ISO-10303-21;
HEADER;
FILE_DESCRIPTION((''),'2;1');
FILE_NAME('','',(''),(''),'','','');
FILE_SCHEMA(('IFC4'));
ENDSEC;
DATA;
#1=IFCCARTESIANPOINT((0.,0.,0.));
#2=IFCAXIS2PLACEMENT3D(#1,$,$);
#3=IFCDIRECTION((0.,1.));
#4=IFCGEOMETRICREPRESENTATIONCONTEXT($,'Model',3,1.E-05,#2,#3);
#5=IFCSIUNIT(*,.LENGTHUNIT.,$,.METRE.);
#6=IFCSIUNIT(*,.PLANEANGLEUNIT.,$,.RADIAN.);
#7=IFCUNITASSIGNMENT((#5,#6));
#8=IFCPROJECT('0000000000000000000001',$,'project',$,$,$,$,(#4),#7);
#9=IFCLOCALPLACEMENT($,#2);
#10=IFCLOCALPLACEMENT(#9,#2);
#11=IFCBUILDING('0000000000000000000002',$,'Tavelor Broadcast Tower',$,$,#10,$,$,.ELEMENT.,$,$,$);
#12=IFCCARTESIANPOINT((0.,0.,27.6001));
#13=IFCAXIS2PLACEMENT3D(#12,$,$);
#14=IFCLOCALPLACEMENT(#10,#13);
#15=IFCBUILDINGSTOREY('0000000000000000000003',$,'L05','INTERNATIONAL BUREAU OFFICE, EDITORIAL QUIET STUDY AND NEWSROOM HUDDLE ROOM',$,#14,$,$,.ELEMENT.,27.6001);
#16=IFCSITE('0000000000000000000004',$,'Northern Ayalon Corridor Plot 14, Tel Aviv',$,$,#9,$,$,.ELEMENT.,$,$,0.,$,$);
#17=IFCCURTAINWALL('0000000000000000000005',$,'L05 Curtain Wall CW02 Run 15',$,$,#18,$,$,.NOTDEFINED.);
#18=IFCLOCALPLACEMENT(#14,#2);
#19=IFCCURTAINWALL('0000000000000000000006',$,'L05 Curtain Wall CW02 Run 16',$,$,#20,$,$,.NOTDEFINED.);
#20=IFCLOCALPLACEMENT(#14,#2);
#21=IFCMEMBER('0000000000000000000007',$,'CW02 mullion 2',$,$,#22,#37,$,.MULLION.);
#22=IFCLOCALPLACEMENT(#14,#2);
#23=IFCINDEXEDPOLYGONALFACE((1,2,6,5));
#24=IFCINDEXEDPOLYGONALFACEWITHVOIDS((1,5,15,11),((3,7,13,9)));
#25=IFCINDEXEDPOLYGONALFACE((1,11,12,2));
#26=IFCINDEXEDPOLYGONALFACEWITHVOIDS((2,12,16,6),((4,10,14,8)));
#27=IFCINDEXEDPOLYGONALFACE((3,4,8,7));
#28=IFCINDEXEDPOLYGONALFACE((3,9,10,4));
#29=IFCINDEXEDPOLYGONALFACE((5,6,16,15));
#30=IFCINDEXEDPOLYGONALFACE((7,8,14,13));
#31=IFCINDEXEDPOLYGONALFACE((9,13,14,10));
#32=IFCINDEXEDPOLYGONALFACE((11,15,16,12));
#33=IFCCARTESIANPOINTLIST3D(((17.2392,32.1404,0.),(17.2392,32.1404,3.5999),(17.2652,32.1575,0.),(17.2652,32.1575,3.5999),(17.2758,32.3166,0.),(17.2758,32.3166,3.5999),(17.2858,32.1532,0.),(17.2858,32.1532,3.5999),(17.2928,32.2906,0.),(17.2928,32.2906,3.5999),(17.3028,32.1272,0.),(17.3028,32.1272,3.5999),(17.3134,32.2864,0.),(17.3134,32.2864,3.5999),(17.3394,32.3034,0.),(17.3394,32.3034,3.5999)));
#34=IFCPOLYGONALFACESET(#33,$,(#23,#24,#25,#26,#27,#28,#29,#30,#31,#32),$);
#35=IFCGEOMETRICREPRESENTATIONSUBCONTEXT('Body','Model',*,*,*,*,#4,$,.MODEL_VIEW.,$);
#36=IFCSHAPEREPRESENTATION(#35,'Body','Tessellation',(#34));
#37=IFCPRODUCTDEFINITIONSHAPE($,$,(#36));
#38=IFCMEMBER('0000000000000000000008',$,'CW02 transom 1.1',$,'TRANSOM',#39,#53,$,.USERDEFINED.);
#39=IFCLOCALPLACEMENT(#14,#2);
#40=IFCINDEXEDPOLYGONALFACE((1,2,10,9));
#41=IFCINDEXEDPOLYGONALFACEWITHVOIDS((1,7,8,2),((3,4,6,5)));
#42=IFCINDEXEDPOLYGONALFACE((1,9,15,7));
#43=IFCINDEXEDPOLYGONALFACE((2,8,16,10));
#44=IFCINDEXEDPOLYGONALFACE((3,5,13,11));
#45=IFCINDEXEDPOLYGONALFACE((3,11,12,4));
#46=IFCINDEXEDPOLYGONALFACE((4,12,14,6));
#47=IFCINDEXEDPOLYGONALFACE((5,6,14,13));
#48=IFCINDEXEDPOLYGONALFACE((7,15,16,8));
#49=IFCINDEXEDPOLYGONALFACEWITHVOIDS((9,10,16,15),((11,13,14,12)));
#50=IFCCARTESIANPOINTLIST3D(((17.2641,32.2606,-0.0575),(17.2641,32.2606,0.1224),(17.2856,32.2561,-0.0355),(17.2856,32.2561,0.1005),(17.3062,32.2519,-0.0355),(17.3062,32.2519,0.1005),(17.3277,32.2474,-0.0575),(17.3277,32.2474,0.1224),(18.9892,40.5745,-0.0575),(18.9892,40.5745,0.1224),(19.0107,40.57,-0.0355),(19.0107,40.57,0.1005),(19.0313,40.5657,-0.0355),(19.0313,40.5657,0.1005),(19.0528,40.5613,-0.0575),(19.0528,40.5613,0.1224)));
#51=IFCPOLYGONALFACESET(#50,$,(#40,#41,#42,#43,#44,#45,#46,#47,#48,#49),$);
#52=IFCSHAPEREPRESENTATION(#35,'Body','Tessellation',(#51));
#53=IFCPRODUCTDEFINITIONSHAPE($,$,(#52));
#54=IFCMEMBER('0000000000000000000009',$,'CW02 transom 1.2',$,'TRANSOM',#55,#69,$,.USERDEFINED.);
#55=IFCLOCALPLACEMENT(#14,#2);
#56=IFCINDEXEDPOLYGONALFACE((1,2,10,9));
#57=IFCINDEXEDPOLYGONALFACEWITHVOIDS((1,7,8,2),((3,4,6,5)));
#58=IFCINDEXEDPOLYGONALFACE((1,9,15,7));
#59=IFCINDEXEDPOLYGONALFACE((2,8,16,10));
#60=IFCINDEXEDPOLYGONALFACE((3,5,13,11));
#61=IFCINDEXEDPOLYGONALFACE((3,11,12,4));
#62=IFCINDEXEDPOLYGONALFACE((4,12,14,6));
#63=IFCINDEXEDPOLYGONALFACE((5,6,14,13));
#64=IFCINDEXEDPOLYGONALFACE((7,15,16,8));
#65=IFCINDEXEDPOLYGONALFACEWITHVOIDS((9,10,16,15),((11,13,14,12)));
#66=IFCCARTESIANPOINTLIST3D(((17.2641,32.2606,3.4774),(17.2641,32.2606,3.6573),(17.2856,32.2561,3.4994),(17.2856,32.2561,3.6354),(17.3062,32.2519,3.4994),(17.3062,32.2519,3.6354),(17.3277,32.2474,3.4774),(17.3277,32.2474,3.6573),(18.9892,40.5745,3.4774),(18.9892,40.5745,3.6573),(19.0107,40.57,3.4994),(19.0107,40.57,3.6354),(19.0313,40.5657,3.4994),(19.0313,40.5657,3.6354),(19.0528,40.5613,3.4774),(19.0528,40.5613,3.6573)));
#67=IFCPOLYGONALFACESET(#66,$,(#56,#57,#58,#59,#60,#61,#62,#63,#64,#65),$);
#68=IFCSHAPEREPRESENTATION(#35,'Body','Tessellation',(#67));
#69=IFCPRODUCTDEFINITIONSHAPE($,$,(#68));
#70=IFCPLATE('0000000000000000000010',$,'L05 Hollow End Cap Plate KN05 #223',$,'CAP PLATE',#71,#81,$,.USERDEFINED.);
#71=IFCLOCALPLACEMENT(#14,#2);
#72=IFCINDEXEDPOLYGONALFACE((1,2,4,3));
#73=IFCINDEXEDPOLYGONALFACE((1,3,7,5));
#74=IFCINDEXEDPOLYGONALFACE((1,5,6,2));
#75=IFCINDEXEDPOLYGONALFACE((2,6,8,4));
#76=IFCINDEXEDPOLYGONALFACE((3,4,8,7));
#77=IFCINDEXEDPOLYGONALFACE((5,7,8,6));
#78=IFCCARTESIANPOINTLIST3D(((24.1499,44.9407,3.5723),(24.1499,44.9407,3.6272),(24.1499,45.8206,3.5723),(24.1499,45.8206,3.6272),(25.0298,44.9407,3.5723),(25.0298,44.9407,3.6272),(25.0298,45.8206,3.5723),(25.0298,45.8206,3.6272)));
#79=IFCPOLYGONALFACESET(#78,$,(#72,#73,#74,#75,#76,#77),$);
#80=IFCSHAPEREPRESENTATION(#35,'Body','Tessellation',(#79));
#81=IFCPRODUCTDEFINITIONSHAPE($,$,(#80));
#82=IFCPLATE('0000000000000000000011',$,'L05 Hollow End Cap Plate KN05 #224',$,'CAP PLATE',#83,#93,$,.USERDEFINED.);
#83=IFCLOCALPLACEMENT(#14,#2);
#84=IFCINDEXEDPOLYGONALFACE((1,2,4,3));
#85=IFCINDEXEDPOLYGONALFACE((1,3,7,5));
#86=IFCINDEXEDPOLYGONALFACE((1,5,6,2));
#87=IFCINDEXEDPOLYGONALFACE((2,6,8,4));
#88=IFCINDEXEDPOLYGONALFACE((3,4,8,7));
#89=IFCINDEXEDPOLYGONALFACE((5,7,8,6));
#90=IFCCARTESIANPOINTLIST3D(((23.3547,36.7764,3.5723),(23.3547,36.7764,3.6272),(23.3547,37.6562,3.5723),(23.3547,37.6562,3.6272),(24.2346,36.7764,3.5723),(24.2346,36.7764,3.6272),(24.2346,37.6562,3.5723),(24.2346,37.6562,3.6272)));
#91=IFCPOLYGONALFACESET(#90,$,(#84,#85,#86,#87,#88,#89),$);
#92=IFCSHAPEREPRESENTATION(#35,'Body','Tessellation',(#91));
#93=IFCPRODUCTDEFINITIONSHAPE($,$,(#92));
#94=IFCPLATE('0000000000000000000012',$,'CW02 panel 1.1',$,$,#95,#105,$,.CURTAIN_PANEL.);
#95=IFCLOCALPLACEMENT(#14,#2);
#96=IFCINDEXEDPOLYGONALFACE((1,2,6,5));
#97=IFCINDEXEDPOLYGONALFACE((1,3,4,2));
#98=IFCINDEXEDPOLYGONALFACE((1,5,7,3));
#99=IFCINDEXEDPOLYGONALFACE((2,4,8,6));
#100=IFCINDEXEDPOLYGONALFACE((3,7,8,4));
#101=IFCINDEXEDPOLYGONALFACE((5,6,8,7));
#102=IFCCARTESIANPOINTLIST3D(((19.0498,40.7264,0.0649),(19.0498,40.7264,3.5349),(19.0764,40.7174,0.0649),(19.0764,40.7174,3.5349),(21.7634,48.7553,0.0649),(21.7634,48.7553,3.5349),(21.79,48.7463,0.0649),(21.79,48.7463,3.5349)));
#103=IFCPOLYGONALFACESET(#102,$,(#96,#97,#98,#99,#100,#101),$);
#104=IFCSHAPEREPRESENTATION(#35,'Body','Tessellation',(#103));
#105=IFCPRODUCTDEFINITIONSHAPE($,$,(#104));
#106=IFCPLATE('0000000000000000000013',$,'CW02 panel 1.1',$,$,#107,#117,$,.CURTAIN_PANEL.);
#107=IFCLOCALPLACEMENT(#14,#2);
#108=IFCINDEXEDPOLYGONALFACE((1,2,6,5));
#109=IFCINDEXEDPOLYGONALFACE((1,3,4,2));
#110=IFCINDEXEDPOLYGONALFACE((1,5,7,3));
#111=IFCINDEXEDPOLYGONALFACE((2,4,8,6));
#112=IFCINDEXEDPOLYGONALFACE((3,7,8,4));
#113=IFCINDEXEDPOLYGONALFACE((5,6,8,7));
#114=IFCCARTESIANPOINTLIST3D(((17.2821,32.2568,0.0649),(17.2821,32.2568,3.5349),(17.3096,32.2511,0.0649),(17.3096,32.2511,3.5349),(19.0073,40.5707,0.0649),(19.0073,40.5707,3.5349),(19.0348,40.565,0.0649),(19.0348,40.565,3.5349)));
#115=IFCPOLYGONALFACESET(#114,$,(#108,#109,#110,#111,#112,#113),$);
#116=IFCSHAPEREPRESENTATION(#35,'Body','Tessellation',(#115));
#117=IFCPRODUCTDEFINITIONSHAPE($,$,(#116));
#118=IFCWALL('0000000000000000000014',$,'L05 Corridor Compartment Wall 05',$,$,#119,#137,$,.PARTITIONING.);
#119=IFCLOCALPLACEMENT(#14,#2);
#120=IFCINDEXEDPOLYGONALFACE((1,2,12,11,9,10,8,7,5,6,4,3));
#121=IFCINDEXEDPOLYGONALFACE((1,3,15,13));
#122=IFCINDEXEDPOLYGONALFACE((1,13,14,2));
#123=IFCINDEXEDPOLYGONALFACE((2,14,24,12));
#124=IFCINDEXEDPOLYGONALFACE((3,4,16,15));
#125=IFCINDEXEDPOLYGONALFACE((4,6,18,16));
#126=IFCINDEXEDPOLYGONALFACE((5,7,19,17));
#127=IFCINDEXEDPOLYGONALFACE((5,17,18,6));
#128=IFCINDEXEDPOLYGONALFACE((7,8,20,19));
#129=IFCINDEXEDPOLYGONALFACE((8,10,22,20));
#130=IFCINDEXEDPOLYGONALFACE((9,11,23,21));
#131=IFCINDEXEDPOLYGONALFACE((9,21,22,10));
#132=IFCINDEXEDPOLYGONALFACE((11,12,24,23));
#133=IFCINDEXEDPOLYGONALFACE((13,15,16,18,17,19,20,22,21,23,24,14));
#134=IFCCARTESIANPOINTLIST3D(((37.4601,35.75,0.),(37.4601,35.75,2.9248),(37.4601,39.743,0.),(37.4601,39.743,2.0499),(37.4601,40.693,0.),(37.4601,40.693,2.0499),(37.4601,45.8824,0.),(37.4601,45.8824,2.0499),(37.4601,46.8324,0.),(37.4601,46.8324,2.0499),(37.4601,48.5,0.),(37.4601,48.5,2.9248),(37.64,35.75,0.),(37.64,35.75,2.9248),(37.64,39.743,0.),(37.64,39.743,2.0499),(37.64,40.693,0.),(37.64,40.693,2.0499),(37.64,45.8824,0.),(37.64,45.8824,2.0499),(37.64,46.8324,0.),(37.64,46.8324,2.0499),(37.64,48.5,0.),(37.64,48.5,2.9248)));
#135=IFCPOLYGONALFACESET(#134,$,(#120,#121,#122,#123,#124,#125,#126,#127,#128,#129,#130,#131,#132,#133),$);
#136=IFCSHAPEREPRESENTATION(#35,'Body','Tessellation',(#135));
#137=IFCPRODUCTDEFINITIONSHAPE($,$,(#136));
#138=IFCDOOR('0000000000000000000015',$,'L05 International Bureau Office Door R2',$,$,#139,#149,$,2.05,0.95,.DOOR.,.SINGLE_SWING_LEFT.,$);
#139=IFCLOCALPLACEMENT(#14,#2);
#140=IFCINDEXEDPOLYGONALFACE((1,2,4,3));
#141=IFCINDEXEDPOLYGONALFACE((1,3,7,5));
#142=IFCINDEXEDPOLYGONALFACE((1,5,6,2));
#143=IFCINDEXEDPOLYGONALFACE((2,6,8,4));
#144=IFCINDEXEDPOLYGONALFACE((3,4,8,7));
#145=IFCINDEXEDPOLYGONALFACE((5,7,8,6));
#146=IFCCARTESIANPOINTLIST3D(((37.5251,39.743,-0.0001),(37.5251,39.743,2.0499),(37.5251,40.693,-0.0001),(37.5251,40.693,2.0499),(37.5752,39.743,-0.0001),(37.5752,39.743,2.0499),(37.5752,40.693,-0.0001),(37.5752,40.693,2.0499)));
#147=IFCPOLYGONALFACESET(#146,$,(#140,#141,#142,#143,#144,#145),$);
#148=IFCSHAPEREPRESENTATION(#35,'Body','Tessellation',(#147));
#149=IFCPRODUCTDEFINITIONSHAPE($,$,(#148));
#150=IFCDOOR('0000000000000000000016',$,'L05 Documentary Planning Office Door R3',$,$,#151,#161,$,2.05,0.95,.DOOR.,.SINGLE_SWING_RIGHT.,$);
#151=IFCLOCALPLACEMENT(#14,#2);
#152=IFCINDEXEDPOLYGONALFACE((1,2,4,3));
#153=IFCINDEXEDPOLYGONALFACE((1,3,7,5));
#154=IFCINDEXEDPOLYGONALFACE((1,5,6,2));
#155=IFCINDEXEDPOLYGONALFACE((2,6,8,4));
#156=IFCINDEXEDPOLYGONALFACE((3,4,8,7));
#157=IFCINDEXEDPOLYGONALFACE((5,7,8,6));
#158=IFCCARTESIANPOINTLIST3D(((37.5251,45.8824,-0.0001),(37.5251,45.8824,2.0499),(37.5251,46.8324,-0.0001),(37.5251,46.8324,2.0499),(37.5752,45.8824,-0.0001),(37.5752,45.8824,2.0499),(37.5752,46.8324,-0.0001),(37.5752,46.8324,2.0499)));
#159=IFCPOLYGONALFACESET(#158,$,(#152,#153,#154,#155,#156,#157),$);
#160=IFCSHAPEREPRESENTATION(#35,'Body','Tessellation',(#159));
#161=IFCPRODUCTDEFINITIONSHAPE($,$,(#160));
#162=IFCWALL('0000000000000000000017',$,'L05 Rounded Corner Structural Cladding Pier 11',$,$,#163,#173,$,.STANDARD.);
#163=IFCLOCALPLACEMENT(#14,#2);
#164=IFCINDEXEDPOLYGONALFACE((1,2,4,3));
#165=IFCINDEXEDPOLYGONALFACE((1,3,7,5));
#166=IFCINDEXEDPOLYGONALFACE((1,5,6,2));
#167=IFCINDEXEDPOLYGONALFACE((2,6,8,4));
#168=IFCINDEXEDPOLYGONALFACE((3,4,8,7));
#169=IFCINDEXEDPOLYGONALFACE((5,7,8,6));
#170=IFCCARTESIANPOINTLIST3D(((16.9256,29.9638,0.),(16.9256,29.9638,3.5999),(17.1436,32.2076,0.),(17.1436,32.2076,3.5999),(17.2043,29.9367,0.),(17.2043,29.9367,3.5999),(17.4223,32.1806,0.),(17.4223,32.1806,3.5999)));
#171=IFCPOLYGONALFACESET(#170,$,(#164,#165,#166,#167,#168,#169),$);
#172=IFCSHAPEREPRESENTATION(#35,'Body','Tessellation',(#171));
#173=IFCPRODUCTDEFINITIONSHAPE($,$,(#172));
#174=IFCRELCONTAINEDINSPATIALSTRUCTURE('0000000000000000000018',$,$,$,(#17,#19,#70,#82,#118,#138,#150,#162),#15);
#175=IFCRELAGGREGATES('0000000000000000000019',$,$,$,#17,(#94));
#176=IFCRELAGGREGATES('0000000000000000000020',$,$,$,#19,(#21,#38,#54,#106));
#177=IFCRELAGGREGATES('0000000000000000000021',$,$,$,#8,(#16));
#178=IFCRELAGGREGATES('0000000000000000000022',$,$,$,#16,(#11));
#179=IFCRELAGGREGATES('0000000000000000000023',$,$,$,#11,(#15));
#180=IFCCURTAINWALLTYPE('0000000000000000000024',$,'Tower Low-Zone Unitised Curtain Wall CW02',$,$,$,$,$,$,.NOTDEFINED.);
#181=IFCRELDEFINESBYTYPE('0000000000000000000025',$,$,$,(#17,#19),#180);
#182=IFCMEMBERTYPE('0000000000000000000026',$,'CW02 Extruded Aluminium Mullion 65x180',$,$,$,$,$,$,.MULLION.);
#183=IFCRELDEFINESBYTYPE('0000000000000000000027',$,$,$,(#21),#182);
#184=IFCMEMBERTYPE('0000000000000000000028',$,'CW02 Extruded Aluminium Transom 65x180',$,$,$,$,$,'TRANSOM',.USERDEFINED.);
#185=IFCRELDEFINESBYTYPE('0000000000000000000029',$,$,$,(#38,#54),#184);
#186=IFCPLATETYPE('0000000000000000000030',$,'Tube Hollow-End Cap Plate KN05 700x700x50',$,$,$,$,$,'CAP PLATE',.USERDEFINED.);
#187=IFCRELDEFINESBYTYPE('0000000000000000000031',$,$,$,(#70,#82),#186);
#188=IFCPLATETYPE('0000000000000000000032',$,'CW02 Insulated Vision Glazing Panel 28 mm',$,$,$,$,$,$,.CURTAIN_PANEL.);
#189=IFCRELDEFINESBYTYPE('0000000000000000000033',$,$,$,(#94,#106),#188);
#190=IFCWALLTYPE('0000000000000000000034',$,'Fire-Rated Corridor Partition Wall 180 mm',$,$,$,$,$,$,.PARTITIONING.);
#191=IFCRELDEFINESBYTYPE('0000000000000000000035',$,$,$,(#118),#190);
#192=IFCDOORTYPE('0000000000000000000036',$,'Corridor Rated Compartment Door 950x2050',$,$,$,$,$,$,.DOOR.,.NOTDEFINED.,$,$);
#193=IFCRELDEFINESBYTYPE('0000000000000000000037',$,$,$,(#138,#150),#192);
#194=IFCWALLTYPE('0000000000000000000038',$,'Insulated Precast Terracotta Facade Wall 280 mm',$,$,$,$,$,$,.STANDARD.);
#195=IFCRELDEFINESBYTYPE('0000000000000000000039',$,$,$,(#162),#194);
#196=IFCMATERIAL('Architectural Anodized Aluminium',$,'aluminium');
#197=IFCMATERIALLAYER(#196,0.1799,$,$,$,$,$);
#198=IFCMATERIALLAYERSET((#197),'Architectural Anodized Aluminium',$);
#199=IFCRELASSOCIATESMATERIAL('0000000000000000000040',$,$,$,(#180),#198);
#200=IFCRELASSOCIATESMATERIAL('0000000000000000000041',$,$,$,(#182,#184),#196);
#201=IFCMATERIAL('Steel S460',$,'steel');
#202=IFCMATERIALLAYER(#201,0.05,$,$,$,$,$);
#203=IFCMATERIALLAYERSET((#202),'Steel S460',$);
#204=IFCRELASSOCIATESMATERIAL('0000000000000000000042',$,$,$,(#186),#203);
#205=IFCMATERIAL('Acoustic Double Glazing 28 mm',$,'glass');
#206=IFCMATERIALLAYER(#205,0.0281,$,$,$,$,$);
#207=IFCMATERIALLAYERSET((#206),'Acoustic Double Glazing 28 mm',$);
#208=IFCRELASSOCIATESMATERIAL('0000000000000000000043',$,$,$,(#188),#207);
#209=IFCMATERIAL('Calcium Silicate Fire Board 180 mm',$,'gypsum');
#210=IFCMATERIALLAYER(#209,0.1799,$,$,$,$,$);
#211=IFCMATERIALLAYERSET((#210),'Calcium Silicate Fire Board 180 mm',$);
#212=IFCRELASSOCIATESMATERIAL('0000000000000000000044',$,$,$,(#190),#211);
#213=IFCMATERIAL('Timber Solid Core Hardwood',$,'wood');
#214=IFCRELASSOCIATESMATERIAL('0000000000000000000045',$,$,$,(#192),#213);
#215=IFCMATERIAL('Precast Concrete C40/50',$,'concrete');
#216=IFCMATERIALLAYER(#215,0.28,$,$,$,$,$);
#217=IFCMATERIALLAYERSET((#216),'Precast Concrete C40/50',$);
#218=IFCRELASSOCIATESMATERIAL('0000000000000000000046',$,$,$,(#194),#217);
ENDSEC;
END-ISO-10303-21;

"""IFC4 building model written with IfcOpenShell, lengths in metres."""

from ifc_helpers import new_model, si_unit, direction, frame, frame_2d, origin, origin_2d, place, context, subcontext, project, spatial, rectangle, hollow_rectangle, extrude, source, transform, mapped, material, layer, layer_set, material_profile, profile_set, type_object, type_shapes, element, fill, aggregate, save


model = new_model("IFC4")

# Units and contexts
model_context = context("Model", 3, precision=1e-05, world=origin(), true_north=direction((0.0, 1.0)))
body_context = subcontext(model_context, "Body", "Model", "MODEL_VIEW")
ifc_project = project(units=[si_unit("LENGTHUNIT", "METRE"), si_unit("PLANEANGLEUNIT", "RADIAN")], contexts=[model_context])

# Site, building, storey
site_placement = place(None, origin())
site = spatial("IfcSite", under=ifc_project, at=site_placement, Name="Northern Ayalon Corridor Plot 14, Tel Aviv", CompositionType="ELEMENT", RefElevation=0.0)
building_placement = place(site_placement, origin())
building = spatial("IfcBuilding", under=site, at=building_placement, Name="Tavelor Broadcast Tower", CompositionType="ELEMENT")
storey_placement = place(building_placement, frame((0.0, 0.0, 27.6001)))
storey = spatial("IfcBuildingStorey", under=building, at=storey_placement, Name="L05", Description="INTERNATIONAL BUREAU OFFICE, EDITORIAL QUIET STUDY AND NEWSROOM HUDDLE ROOM", CompositionType="ELEMENT", Elevation=27.6001)

# Shared definitions
ifc_material_1 = material(Name="Steel S460", Category="steel")

# Curtain wall
ifc_material_2 = material(Name="Architectural Anodized Aluminium", Category="aluminium")
ifc_layer_1 = layer(ifc_material_2, 0.1799)
ifc_layer_set_1 = layer_set([ifc_layer_1], Name="Architectural Anodized Aluminium")
curtain_wall_type = type_object("IfcCurtainWallType", Name="Tower Low-Zone Unitised Curtain Wall CW02", PredefinedType="NOTDEFINED", material=ifc_layer_set_1)
curtain_wall_1_placement = place(storey_placement, origin())
curtain_wall_1 = element("IfcCurtainWall", 1, at=curtain_wall_1_placement, inside=storey, type_object=curtain_wall_type, Name="L05 Curtain Wall CW02 Run 15", PredefinedType="NOTDEFINED")
ifc_material_profile_1 = material_profile(ifc_material_2, hollow_rectangle(XDim=0.0649, YDim=0.1799, WallThickness=0.022, at=origin_2d()), Name="RHS 65x180x22")
ifc_profile_set_1 = profile_set([ifc_material_profile_1], Name="Architectural Anodized Aluminium")
member_type_1 = type_object("IfcMemberType", Name="CW02 Extruded Aluminium Mullion 65x180", PredefinedType="MULLION", material=ifc_profile_set_1)
shared_shape_1 = source(origin(), body_context, "Body", "SweptSolid", [
    extrude(hollow_rectangle(XDim=0.0649, YDim=0.1799, WallThickness=0.022, at=origin_2d()), origin(), (0.0, 0.0, 1.0), 3.5999),
])
type_shapes(member_type_1, [shared_shape_1])

# Curtain wall, members
curtain_wall_2_placement = place(storey_placement, origin())
curtain_wall_2 = element("IfcCurtainWall", 2, at=curtain_wall_2_placement, inside=storey, type_object=curtain_wall_type, Name="L05 Curtain Wall CW02 Run 16", PredefinedType="NOTDEFINED")
member_1_placement = place(storey_placement, frame((17.2893, 32.2219, 0.0), z_axis=(0.0, 0.0, 1.0), x_axis=(0.97914, -0.203189, 0.0)))
member_1 = element("IfcMember", 3, at=member_1_placement, type_object=member_type_1, Name="CW02 mullion 2", PredefinedType="MULLION", context=body_context, shape_type="MappedRepresentation", body=[
    mapped(shared_shape_1, transform((0.0, 0.0, 0.0), scale=1.0)),
])
ifc_material_profile_2 = material_profile(ifc_material_2, hollow_rectangle(XDim=0.0649, YDim=0.1799, WallThickness=0.022, at=origin_2d()), Name="RHS 65x180x22")
ifc_profile_set_2 = profile_set([ifc_material_profile_2], Name="Architectural Anodized Aluminium")
member_type_2 = type_object("IfcMemberType", Name="CW02 Extruded Aluminium Transom 65x180", ElementType="TRANSOM", PredefinedType="USERDEFINED", material=ifc_profile_set_2)
shared_shape_2 = source(origin(), body_context, "Body", "SweptSolid", [
    extrude(hollow_rectangle(XDim=0.0649, YDim=0.1799, WallThickness=0.022, at=origin_2d()), origin(), (0.0, 0.0, 1.0), 8.491),
])
type_shapes(member_type_2, [shared_shape_2])
member_2_placement = place(storey_placement, frame((19.021, 40.5679, 0.0325), z_axis=(-0.203167, -0.979144, 0.0), x_axis=(0.979144, -0.203167, 0.0)))
member_2 = element("IfcMember", 4, at=member_2_placement, type_object=member_type_2, Name="CW02 transom 1.1", ObjectType="TRANSOM", PredefinedType="USERDEFINED", context=body_context, shape_type="MappedRepresentation", body=[
    mapped(shared_shape_2, transform((0.0, 0.0, 0.0), scale=1.0)),
])
member_3_placement = place(storey_placement, frame((19.021, 40.5679, 3.5674), z_axis=(-0.203167, -0.979144, 0.0), x_axis=(0.979144, -0.203167, 0.0)))
member_3 = element("IfcMember", 5, at=member_3_placement, type_object=member_type_2, Name="CW02 transom 1.2", ObjectType="TRANSOM", PredefinedType="USERDEFINED", context=body_context, shape_type="MappedRepresentation", body=[
    mapped(shared_shape_2, transform((0.0, 0.0, 0.0), scale=1.0)),
])

# Plates
ifc_layer_2 = layer(ifc_material_1, 0.05)
ifc_layer_set_2 = layer_set([ifc_layer_2], Name="Steel S460")
plate_type_1 = type_object("IfcPlateType", Name="Tube Hollow-End Cap Plate KN05 700x700x50", ElementType="CAP PLATE", PredefinedType="USERDEFINED", material=ifc_layer_set_2)
shared_shape_3 = source(origin(), body_context, "Body", "SweptSolid", [
    extrude(rectangle(XDim=0.8799, YDim=0.8799, at=origin_2d()), origin(), (0.0, 0.0, 1.0), 0.0549),
])
type_shapes(plate_type_1, [shared_shape_3])
for number, where, z_axis, x_axis, name in (
    (6, (24.5898, 45.3806, 3.5723), (0.0, 0.0, 1.0), (1.0, 0.0, 0.0), "L05 Hollow End Cap Plate KN05 #223"),
    (7, (23.7947, 37.2163, 3.5723), (0.0, 0.0, 1.0), (1.0, 0.0, 0.0), "L05 Hollow End Cap Plate KN05 #224"),
):
    element("IfcPlate", number, at=place(storey_placement, frame(where, z_axis=z_axis, x_axis=x_axis)), inside=storey, type_object=plate_type_1, Name=name, ObjectType="CAP PLATE", PredefinedType="USERDEFINED", context=body_context, shape_type="MappedRepresentation", body=[
        mapped(shared_shape_3, transform((0.0, 0.0, 0.0), scale=1.0)),
    ])

# Plates
ifc_material_3 = material(Name="Acoustic Double Glazing 28 mm", Category="glass")
ifc_layer_3 = layer(ifc_material_3, 0.0281)
ifc_layer_set_3 = layer_set([ifc_layer_3], Name="Acoustic Double Glazing 28 mm")
plate_type_2 = type_object("IfcPlateType", Name="CW02 Insulated Vision Glazing Panel 28 mm", PredefinedType="CURTAIN_PANEL", material=ifc_layer_set_3)
shared_shape_4 = source(origin(), body_context, "Body", "SweptSolid", [
    extrude(rectangle(XDim=8.4751, YDim=0.0281, at=origin_2d()), origin(), (0.0, 0.0, 1.0), 3.47),
])
plate_1_placement = place(storey_placement, frame((20.4199, 44.7363, 0.0649), z_axis=(0.0, 0.0, 1.0), x_axis=(-0.320182, -0.947356, 0.0)))
plate_1 = element("IfcPlate", 8, at=plate_1_placement, type_object=plate_type_2, Name="CW02 panel 1.1", PredefinedType="CURTAIN_PANEL", context=body_context, shape_type="MappedRepresentation", body=[
    mapped(shared_shape_4, transform((0.0, 0.0, 0.0), scale=1.0)),
])
aggregate(curtain_wall_1, [plate_1])
shared_shape_5 = source(origin(), body_context, "Body", "SweptSolid", [
    extrude(rectangle(XDim=8.491, YDim=0.0281, at=origin_2d()), origin(), (0.0, 0.0, 1.0), 3.47),
])
type_shapes(plate_type_2, [shared_shape_4, shared_shape_5])
plate_2_placement = place(storey_placement, frame((18.1584, 36.4109, 0.0649), z_axis=(0.0, 0.0, 1.0), x_axis=(-0.203189, -0.97914, 0.0)))
plate_2 = element("IfcPlate", 9, at=plate_2_placement, type_object=plate_type_2, Name="CW02 panel 1.1", PredefinedType="CURTAIN_PANEL", context=body_context, shape_type="MappedRepresentation", body=[
    mapped(shared_shape_5, transform((0.0, 0.0, 0.0), scale=1.0)),
])
aggregate(curtain_wall_2, [member_1, member_2, member_3, plate_2])

# Wall, openings, doors
ifc_material_4 = material(Name="Calcium Silicate Fire Board 180 mm", Category="gypsum")
ifc_layer_4 = layer(ifc_material_4, 0.1799)
ifc_layer_set_4 = layer_set([ifc_layer_4], Name="Calcium Silicate Fire Board 180 mm")
wall_type_1 = type_object("IfcWallType", Name="Fire-Rated Corridor Partition Wall 180 mm", PredefinedType="PARTITIONING", material=ifc_layer_set_4)
wall_1_placement = place(storey_placement, frame((37.55, 35.75, 0.0), z_axis=(0.0, 0.0, 1.0), x_axis=(0.0, 1.0, 0.0)))
wall_1 = element("IfcWall", 10, at=wall_1_placement, inside=storey, type_object=wall_type_1, Name="L05 Corridor Compartment Wall 05", PredefinedType="PARTITIONING", context=body_context, shape_type="SweptSolid", body=[
    extrude(rectangle(XDim=12.75, YDim=0.1799, at=frame_2d((6.375, 0.0))), origin(), (0.0, 0.0, 1.0), 2.9248),
])
opening_1_placement = place(wall_1_placement, frame((3.9929, 0.0, 0.0)))
opening_1 = element("IfcOpeningElement", 11, at=opening_1_placement, cuts=wall_1, PredefinedType="OPENING", context=body_context, shape_type="SweptSolid", body=[
    extrude(rectangle(XDim=0.95, YDim=2.05, at=frame_2d((0.4751, 1.0249))), frame((0.0, 0.1001, 0.0), z_axis=(0.0, -1.0, 0.0), x_axis=(1.0, 0.0, 0.0)), (0.0, 0.0, 1.0), 0.2),
])
opening_2_placement = place(wall_1_placement, frame((10.1323, 0.0, 0.0)))
opening_2 = element("IfcOpeningElement", 12, at=opening_2_placement, cuts=wall_1, PredefinedType="OPENING", context=body_context, shape_type="SweptSolid", body=[
    extrude(rectangle(XDim=0.95, YDim=2.05, at=frame_2d((0.4751, 1.0249))), frame((0.0, 0.1001, 0.0), z_axis=(0.0, -1.0, 0.0), x_axis=(1.0, 0.0, 0.0)), (0.0, 0.0, 1.0), 0.2),
])
ifc_material_5 = material(Name="Timber Solid Core Hardwood", Category="wood")
door_type = type_object("IfcDoorType", Name="Corridor Rated Compartment Door 950x2050", OperationType="NOTDEFINED", PredefinedType="DOOR", material=ifc_material_5)
door_1_placement = place(opening_1_placement, origin())
door_1 = element("IfcDoor", 13, at=door_1_placement, inside=storey, type_object=door_type, Name="L05 International Bureau Office Door R2", OperationType="SINGLE_SWING_LEFT", OverallHeight=2.05, OverallWidth=0.95, PredefinedType="DOOR", context=body_context, shape_type="SweptSolid", body=[
    extrude(rectangle(XDim=0.95, YDim=2.05, at=frame_2d((0.4751, 1.0249))), frame((0.0, 0.0249, 0.0), z_axis=(0.0, -1.0, 0.0), x_axis=(1.0, 0.0, 0.0)), (0.0, 0.0, 1.0), 0.05),
])
fill(opening_1, door_1)
door_2_placement = place(opening_2_placement, origin())
door_2 = element("IfcDoor", 14, at=door_2_placement, inside=storey, type_object=door_type, Name="L05 Documentary Planning Office Door R3", OperationType="SINGLE_SWING_RIGHT", OverallHeight=2.05, OverallWidth=0.95, PredefinedType="DOOR", context=body_context, shape_type="SweptSolid", body=[
    extrude(rectangle(XDim=0.95, YDim=2.05, at=frame_2d((0.4751, 1.0249))), frame((0.0, 0.0249, 0.0), z_axis=(0.0, -1.0, 0.0), x_axis=(1.0, 0.0, 0.0)), (0.0, 0.0, 1.0), 0.05),
])
fill(opening_2, door_2)

# Wall
ifc_material_6 = material(Name="Precast Concrete C40/50", Category="concrete")
ifc_layer_5 = layer(ifc_material_6, 0.28)
ifc_layer_set_5 = layer_set([ifc_layer_5], Name="Precast Concrete C40/50")
wall_type_2 = type_object("IfcWallType", Name="Insulated Precast Terracotta Facade Wall 280 mm", PredefinedType="STANDARD", material=ifc_layer_set_5)
wall_2_placement = place(storey_placement, frame((17.283, 32.1941, 0.0), z_axis=(0.0, 0.0, 1.0), x_axis=(-0.096705, -0.995313, 0.0)))
element("IfcWall", 15, at=wall_2_placement, inside=storey, type_object=wall_type_2, Name="L05 Rounded Corner Structural Cladding Pier 11", PredefinedType="STANDARD", context=body_context, shape_type="SweptSolid", body=[
    extrude(rectangle(XDim=2.2544, YDim=0.28, at=frame_2d((1.1272, 0.0))), origin(), (0.0, 0.0, 1.0), 3.5999),
])

save(model, "model.ifc")
